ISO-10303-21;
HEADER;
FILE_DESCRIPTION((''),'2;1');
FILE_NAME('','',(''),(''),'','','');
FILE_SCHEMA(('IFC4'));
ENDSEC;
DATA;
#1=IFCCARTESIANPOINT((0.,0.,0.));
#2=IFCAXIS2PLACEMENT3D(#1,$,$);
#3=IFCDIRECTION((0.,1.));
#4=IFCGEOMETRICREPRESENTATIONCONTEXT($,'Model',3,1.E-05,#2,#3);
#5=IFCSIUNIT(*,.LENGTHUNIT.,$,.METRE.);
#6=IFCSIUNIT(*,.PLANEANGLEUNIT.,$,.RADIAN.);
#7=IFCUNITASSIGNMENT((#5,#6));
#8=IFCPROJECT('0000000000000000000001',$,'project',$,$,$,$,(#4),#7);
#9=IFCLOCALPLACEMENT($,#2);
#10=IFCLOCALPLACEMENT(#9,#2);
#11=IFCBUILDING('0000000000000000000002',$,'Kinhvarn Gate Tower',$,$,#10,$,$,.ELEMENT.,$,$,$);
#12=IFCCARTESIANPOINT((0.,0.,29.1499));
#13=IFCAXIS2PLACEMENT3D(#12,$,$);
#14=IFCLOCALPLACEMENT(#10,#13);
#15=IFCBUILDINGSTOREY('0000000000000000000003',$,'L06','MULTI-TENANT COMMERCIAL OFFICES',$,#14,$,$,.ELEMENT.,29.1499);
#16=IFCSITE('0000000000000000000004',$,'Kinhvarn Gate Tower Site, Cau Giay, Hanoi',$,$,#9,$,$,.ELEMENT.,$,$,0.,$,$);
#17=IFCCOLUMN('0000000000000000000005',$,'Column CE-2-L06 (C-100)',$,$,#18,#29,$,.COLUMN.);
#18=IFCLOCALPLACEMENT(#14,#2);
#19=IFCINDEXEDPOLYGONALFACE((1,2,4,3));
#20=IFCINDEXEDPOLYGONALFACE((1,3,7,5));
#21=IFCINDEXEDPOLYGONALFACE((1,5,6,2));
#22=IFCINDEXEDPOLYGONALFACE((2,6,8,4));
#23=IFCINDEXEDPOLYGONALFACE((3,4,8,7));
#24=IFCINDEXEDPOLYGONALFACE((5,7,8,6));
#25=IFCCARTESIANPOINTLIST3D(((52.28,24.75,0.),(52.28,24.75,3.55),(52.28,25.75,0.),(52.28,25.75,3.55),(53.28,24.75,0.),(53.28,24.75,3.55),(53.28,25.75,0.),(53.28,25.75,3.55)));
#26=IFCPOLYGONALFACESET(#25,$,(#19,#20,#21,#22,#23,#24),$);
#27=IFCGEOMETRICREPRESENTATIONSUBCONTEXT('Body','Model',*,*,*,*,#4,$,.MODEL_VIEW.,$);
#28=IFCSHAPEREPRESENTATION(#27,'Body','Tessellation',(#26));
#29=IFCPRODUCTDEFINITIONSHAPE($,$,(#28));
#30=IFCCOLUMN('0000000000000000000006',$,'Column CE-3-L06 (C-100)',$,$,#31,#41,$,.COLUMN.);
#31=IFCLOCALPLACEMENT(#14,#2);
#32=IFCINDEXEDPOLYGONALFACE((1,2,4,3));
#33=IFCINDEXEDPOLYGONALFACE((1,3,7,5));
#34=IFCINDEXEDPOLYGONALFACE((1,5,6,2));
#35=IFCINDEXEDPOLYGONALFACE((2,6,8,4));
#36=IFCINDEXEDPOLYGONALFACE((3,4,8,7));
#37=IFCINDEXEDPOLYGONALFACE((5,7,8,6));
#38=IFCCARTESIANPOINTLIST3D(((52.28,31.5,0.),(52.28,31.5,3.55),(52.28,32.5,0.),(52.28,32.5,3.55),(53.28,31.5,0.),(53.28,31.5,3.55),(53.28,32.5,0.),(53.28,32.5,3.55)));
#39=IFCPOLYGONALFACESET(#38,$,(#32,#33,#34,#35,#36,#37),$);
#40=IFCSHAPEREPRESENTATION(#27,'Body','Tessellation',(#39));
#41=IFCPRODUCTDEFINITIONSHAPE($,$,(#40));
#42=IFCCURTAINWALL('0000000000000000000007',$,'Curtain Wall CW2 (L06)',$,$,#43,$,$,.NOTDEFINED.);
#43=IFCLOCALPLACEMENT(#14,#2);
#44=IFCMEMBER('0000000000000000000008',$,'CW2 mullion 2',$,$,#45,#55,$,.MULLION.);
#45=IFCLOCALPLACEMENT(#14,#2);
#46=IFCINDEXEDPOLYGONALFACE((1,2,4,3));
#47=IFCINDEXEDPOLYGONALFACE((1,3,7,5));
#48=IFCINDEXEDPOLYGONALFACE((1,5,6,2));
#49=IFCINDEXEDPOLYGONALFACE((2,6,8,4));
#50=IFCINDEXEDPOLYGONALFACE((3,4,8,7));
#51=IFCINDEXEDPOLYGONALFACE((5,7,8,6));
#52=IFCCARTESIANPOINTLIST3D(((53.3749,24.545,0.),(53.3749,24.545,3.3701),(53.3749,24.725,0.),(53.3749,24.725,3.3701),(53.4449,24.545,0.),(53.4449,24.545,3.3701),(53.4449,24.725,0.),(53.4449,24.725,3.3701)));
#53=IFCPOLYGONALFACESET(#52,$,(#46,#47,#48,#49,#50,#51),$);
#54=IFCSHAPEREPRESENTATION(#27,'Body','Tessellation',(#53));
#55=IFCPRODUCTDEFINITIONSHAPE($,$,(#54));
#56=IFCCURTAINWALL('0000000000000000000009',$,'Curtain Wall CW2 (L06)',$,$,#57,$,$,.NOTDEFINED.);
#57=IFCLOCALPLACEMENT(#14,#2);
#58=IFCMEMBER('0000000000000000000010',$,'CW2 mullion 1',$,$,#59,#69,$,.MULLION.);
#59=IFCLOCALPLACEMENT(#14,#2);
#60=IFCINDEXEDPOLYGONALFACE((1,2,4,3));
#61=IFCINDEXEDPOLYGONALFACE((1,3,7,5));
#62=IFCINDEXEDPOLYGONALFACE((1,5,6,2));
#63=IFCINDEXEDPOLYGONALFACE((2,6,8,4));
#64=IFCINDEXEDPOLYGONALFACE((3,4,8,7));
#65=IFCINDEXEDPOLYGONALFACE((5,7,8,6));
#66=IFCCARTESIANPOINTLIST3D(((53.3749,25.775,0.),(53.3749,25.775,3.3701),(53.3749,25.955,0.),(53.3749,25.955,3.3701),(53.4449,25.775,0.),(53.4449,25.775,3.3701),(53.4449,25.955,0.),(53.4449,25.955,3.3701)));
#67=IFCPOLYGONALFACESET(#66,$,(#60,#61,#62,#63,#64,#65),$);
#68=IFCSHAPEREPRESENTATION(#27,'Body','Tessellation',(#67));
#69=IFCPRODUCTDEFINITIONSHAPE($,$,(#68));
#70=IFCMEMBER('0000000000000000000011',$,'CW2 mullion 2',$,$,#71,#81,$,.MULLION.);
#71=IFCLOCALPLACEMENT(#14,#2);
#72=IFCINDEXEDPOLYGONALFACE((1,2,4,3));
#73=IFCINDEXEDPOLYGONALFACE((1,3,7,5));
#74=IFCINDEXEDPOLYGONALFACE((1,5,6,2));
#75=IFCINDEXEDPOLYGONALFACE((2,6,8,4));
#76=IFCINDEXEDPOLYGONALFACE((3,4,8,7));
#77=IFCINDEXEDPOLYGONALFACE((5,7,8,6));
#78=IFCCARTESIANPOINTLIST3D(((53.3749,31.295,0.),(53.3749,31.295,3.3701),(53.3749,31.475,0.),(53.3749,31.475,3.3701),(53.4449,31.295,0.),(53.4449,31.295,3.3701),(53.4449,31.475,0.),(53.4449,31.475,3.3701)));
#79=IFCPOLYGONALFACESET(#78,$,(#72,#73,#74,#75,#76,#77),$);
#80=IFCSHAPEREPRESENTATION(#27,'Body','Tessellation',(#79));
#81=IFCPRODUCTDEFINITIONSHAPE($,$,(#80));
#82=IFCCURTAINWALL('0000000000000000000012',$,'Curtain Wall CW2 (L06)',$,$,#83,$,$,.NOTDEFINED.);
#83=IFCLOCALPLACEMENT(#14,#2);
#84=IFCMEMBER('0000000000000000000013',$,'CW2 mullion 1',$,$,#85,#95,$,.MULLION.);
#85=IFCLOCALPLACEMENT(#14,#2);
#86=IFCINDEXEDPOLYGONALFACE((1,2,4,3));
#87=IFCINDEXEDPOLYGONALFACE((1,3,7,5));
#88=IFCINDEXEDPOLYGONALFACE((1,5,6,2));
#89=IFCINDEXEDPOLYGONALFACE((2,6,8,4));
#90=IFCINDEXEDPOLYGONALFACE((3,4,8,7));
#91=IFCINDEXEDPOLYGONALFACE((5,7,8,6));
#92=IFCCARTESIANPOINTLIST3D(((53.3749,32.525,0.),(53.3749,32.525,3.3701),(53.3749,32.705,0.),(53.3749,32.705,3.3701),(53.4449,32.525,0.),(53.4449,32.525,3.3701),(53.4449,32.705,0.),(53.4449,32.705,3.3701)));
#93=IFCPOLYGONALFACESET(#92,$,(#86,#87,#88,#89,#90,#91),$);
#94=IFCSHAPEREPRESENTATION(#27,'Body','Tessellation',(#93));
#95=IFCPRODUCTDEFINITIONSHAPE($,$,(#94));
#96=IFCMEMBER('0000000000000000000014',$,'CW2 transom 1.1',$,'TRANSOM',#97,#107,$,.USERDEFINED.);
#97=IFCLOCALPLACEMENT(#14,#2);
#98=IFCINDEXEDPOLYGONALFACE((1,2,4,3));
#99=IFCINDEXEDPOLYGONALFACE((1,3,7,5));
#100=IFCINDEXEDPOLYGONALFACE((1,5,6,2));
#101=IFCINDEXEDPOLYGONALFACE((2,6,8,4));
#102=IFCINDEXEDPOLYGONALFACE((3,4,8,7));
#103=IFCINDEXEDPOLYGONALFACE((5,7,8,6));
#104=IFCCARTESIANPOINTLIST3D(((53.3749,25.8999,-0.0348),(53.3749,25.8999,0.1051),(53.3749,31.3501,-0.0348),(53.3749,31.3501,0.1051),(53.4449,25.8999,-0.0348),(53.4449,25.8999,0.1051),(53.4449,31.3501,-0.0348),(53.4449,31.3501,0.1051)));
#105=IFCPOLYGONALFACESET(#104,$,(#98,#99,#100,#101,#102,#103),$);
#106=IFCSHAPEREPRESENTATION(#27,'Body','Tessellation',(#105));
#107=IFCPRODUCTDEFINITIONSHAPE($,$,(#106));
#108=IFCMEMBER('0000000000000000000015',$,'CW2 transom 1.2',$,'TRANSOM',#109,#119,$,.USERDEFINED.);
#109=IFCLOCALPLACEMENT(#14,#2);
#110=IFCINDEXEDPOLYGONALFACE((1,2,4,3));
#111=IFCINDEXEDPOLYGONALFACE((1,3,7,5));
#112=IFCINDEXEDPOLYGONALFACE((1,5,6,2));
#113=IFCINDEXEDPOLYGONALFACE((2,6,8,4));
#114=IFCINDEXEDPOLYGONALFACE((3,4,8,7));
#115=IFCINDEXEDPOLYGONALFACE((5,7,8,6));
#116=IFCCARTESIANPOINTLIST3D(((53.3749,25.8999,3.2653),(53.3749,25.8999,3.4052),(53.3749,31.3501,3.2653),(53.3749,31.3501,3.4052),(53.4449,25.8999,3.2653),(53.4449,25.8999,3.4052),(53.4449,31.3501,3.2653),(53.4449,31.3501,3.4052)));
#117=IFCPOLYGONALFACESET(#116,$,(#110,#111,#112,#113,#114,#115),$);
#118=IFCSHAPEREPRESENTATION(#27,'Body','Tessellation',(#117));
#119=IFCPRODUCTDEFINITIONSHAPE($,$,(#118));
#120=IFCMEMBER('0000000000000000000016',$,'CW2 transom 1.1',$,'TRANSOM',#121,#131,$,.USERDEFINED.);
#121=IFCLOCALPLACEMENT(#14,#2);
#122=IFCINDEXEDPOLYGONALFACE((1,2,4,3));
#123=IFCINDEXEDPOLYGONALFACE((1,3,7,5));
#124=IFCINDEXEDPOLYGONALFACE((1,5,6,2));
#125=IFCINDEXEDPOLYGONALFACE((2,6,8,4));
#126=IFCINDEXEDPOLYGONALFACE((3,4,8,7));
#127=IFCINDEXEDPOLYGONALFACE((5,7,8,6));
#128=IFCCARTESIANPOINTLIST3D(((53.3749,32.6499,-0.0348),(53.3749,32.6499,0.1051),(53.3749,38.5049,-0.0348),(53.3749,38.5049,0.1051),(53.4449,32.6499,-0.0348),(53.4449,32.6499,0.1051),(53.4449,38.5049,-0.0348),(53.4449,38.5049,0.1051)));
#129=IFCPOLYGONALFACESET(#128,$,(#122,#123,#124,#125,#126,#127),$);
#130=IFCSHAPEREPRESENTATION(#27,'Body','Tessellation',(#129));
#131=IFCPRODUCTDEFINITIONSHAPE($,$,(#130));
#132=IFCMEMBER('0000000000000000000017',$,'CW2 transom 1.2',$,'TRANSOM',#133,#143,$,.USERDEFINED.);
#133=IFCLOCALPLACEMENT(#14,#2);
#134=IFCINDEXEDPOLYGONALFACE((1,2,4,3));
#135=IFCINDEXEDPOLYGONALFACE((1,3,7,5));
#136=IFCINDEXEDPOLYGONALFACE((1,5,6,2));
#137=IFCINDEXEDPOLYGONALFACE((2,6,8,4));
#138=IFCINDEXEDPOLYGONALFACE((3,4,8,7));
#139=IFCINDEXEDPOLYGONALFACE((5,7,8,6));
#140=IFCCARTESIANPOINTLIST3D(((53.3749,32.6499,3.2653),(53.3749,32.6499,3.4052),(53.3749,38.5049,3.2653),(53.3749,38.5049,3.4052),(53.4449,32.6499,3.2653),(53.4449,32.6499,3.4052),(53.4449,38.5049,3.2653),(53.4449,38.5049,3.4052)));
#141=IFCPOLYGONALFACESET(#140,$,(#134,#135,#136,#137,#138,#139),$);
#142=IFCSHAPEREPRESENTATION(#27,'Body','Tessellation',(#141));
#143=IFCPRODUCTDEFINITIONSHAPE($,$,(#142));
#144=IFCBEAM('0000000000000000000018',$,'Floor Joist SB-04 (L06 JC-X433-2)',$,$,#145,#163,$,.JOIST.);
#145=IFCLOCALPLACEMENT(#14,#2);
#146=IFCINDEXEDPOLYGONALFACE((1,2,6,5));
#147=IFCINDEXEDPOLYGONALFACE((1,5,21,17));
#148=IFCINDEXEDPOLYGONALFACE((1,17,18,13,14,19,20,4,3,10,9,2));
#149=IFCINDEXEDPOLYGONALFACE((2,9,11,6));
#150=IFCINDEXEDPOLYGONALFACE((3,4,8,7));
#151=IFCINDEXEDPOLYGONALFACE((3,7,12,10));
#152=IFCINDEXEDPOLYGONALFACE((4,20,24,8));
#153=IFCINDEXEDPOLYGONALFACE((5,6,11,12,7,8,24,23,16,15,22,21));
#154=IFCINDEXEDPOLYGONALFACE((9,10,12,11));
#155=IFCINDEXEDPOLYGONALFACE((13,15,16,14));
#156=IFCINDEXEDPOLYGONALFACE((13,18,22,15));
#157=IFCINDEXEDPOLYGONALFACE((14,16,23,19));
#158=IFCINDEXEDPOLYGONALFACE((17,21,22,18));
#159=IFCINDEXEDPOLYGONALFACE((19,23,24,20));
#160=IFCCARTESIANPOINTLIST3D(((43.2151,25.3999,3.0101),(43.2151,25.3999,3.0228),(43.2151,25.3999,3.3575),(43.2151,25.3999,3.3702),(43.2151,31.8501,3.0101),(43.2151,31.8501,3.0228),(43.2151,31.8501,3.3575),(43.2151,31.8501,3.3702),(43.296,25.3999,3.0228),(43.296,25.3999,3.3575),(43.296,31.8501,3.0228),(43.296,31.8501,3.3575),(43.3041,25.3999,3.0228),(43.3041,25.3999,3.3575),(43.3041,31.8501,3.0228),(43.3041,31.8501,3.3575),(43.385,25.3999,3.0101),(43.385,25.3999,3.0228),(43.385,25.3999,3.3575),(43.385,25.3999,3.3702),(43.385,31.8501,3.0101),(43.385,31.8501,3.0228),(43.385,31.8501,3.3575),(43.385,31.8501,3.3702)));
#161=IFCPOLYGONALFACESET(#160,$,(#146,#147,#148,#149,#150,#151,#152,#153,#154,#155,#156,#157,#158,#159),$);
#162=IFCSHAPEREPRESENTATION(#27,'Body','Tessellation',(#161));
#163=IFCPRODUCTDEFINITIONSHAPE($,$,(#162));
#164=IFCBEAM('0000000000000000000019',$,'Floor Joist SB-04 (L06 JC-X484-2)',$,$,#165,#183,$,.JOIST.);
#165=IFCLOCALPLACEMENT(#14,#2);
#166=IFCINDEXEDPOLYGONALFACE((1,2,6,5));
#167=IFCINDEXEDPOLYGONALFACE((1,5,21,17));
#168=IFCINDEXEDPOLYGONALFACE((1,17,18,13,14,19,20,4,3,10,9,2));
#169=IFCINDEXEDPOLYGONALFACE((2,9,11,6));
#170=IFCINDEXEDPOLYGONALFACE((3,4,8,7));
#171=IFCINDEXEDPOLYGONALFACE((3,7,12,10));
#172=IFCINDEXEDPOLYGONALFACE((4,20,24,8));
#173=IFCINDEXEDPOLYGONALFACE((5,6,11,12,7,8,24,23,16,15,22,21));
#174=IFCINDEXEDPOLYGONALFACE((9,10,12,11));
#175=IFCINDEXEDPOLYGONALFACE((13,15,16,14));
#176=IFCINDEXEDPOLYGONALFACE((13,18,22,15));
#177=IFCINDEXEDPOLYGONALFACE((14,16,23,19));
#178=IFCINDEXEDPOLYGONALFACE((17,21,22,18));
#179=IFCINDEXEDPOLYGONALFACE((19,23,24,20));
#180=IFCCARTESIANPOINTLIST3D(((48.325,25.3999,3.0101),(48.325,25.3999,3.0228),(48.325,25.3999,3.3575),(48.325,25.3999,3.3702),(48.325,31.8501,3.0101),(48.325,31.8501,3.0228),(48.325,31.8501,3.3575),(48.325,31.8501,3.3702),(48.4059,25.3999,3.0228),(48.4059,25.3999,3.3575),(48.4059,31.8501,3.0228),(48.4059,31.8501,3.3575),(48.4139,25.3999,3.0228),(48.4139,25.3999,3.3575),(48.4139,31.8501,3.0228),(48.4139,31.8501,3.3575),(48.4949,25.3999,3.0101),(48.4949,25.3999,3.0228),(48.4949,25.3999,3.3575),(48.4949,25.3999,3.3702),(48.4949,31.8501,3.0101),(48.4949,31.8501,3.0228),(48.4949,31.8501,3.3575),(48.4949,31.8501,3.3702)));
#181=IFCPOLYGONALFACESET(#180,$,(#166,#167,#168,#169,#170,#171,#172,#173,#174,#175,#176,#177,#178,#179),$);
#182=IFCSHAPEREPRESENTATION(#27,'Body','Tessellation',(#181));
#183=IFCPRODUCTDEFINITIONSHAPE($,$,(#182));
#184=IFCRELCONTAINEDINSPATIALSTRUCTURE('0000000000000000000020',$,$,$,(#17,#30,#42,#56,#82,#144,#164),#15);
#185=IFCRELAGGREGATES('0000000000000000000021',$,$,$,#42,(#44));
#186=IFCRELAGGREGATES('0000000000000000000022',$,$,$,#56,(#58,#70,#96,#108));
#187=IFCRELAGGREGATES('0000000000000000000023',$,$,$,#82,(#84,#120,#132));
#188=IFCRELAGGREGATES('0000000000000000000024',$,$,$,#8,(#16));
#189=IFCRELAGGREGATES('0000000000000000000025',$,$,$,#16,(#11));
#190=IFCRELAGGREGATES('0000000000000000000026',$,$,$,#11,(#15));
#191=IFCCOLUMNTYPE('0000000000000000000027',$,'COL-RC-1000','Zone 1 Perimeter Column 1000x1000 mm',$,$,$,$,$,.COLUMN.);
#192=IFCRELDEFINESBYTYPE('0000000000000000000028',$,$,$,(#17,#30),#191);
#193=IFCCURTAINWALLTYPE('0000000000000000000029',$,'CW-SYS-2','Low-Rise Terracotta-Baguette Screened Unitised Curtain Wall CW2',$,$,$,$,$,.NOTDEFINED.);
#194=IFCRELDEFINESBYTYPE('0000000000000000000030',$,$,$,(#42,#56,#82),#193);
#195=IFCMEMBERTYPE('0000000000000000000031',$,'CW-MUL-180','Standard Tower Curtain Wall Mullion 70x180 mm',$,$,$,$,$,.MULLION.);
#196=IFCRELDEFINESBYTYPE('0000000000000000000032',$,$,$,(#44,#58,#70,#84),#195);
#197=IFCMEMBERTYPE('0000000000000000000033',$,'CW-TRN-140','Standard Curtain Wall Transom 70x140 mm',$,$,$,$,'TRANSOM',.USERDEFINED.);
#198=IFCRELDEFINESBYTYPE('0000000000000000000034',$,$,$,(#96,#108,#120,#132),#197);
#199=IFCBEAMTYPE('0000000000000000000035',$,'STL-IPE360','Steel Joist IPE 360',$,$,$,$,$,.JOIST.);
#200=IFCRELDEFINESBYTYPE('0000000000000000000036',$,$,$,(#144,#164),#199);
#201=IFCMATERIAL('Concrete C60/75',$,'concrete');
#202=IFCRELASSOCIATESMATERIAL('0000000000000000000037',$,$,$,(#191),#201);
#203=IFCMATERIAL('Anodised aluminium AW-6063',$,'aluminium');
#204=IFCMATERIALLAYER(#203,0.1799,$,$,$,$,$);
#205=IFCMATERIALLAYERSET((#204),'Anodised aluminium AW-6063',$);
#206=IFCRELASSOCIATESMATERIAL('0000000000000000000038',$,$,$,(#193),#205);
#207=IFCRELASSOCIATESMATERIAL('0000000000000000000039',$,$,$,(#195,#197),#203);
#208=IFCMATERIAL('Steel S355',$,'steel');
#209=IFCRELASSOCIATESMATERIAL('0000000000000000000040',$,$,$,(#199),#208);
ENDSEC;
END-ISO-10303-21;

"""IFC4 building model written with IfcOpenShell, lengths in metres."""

from ifc_helpers import new_model, si_unit, direction, frame, origin, origin_2d, place, context, subcontext, project, spatial, rectangle, i_section, extrude, material, layer, layer_set, material_profile, profile_set, type_object, element, aggregate, save


model = new_model("IFC4")

# Units and contexts
model_context = context("Model", 3, precision=1e-05, world=origin(), true_north=direction((0.0, 1.0)))
body_context = subcontext(model_context, "Body", "Model", "MODEL_VIEW")
ifc_project = project(units=[si_unit("LENGTHUNIT", "METRE"), si_unit("PLANEANGLEUNIT", "RADIAN")], contexts=[model_context])

# Site, building, storey
site_placement = place(None, origin())
site = spatial("IfcSite", under=ifc_project, at=site_placement, Name="Kinhvarn Gate Tower Site, Cau Giay, Hanoi", CompositionType="ELEMENT", RefElevation=0.0)
building_placement = place(site_placement, origin())
building = spatial("IfcBuilding", under=site, at=building_placement, Name="Kinhvarn Gate Tower", CompositionType="ELEMENT")
storey_placement = place(building_placement, frame((0.0, 0.0, 29.1499)))
storey = spatial("IfcBuildingStorey", under=building, at=storey_placement, Name="L06", Description="MULTI-TENANT COMMERCIAL OFFICES", CompositionType="ELEMENT", Elevation=29.1499)

# Columns
ifc_material_1 = material(Name="Concrete C60/75", Category="concrete")
ifc_material_profile_1 = material_profile(ifc_material_1, rectangle(XDim=1.0, YDim=1.0, at=origin_2d()), Name="RC 1000x1000")
ifc_profile_set_1 = profile_set([ifc_material_profile_1], Name="Concrete C60/75")
column_type = type_object("IfcColumnType", Name="COL-RC-1000", Description="Zone 1 Perimeter Column 1000x1000 mm", PredefinedType="COLUMN", material=ifc_profile_set_1)
for number, where, z_axis, x_axis, name in (
    (1, (52.78, 25.25, 0.0), (0.0, 0.0, 1.0), (1.0, 0.0, 0.0), "Column CE-2-L06 (C-100)"),
    (2, (52.78, 32.0, 0.0), (0.0, 0.0, 1.0), (1.0, 0.0, 0.0), "Column CE-3-L06 (C-100)"),
):
    element("IfcColumn", number, at=place(storey_placement, frame(where, z_axis=z_axis, x_axis=x_axis)), inside=storey, type_object=column_type, Name=name, PredefinedType="COLUMN", context=body_context, shape_type="SweptSolid", body=[
        extrude(rectangle(XDim=1.0, YDim=1.0, at=origin_2d()), origin(), (0.0, 0.0, 1.0), 3.55),
    ])

# Curtain wall, member
ifc_material_2 = material(Name="Anodised aluminium AW-6063", Category="aluminium")
ifc_layer_1 = layer(ifc_material_2, 0.1799)
ifc_layer_set_1 = layer_set([ifc_layer_1], Name="Anodised aluminium AW-6063")
curtain_wall_type = type_object("IfcCurtainWallType", Name="CW-SYS-2", Description="Low-Rise Terracotta-Baguette Screened Unitised Curtain Wall CW2", PredefinedType="NOTDEFINED", material=ifc_layer_set_1)
curtain_wall_1_placement = place(storey_placement, origin())
curtain_wall_1 = element("IfcCurtainWall", 3, at=curtain_wall_1_placement, inside=storey, type_object=curtain_wall_type, Name="Curtain Wall CW2 (L06)", PredefinedType="NOTDEFINED")
ifc_material_profile_2 = material_profile(ifc_material_2, rectangle(XDim=0.0701, YDim=0.1799, at=origin_2d()), Name="ALU 70x180")
ifc_profile_set_2 = profile_set([ifc_material_profile_2], Name="Anodised aluminium AW-6063")
member_type_1 = type_object("IfcMemberType", Name="CW-MUL-180", Description="Standard Tower Curtain Wall Mullion 70x180 mm", PredefinedType="MULLION", material=ifc_profile_set_2)
member_1_placement = place(storey_placement, frame((53.4099, 24.635, 0.0), z_axis=(0.0, 0.0, 1.0), x_axis=(-1.0, 0.0, 0.0)))
member_1 = element("IfcMember", 4, at=member_1_placement, type_object=member_type_1, Name="CW2 mullion 2", PredefinedType="MULLION", context=body_context, shape_type="SweptSolid", body=[
    extrude(rectangle(XDim=0.0701, YDim=0.1799, at=origin_2d()), origin(), (0.0, 0.0, 1.0), 3.3701),
])

# Curtain wall, members
curtain_wall_2_placement = place(storey_placement, origin())
curtain_wall_2 = element("IfcCurtainWall", 5, at=curtain_wall_2_placement, inside=storey, type_object=curtain_wall_type, Name="Curtain Wall CW2 (L06)", PredefinedType="NOTDEFINED")
member_2_placement = place(storey_placement, frame((53.4099, 25.865, 0.0), z_axis=(0.0, 0.0, 1.0), x_axis=(-1.0, 0.0, 0.0)))
member_2 = element("IfcMember", 6, at=member_2_placement, type_object=member_type_1, Name="CW2 mullion 1", PredefinedType="MULLION", context=body_context, shape_type="SweptSolid", body=[
    extrude(rectangle(XDim=0.0701, YDim=0.1799, at=origin_2d()), origin(), (0.0, 0.0, 1.0), 3.3701),
])
member_3_placement = place(storey_placement, frame((53.4099, 31.385, 0.0), z_axis=(0.0, 0.0, 1.0), x_axis=(-1.0, 0.0, 0.0)))
member_3 = element("IfcMember", 7, at=member_3_placement, type_object=member_type_1, Name="CW2 mullion 2", PredefinedType="MULLION", context=body_context, shape_type="SweptSolid", body=[
    extrude(rectangle(XDim=0.0701, YDim=0.1799, at=origin_2d()), origin(), (0.0, 0.0, 1.0), 3.3701),
])

# Curtain wall, member
curtain_wall_3_placement = place(storey_placement, origin())
curtain_wall_3 = element("IfcCurtainWall", 8, at=curtain_wall_3_placement, inside=storey, type_object=curtain_wall_type, Name="Curtain Wall CW2 (L06)", PredefinedType="NOTDEFINED")
member_4_placement = place(storey_placement, frame((53.4099, 32.615, 0.0), z_axis=(0.0, 0.0, 1.0), x_axis=(-1.0, 0.0, 0.0)))
member_4 = element("IfcMember", 9, at=member_4_placement, type_object=member_type_1, Name="CW2 mullion 1", PredefinedType="MULLION", context=body_context, shape_type="SweptSolid", body=[
    extrude(rectangle(XDim=0.0701, YDim=0.1799, at=origin_2d()), origin(), (0.0, 0.0, 1.0), 3.3701),
])

# Members
ifc_material_profile_3 = material_profile(ifc_material_2, rectangle(XDim=0.0701, YDim=0.1399, at=origin_2d()), Name="ALU 70x140")
ifc_profile_set_3 = profile_set([ifc_material_profile_3], Name="Anodised aluminium AW-6063")
member_type_2 = type_object("IfcMemberType", Name="CW-TRN-140", Description="Standard Curtain Wall Transom 70x140 mm", ElementType="TRANSOM", PredefinedType="USERDEFINED", material=ifc_profile_set_3)
member_5_placement = place(storey_placement, frame((53.4099, 25.8999, 0.0352), z_axis=(0.0, 1.0, 0.0), x_axis=(-1.0, 0.0, 0.0)))
member_5 = element("IfcMember", 10, at=member_5_placement, type_object=member_type_2, Name="CW2 transom 1.1", ObjectType="TRANSOM", PredefinedType="USERDEFINED", context=body_context, shape_type="SweptSolid", body=[
    extrude(rectangle(XDim=0.0701, YDim=0.1399, at=origin_2d()), origin(), (0.0, 0.0, 1.0), 5.4502),
])
member_6_placement = place(storey_placement, frame((53.4099, 25.8999, 3.3352), z_axis=(0.0, 1.0, 0.0), x_axis=(-1.0, 0.0, 0.0)))
member_6 = element("IfcMember", 11, at=member_6_placement, type_object=member_type_2, Name="CW2 transom 1.2", ObjectType="TRANSOM", PredefinedType="USERDEFINED", context=body_context, shape_type="SweptSolid", body=[
    extrude(rectangle(XDim=0.0701, YDim=0.1399, at=origin_2d()), origin(), (0.0, 0.0, 1.0), 5.4502),
])
member_7_placement = place(storey_placement, frame((53.4099, 32.6499, 0.0352), z_axis=(0.0, 1.0, 0.0), x_axis=(-1.0, 0.0, 0.0)))
member_7 = element("IfcMember", 12, at=member_7_placement, type_object=member_type_2, Name="CW2 transom 1.1", ObjectType="TRANSOM", PredefinedType="USERDEFINED", context=body_context, shape_type="SweptSolid", body=[
    extrude(rectangle(XDim=0.0701, YDim=0.1399, at=origin_2d()), origin(), (0.0, 0.0, 1.0), 5.855),
])
member_8_placement = place(storey_placement, frame((53.4099, 32.6499, 3.3352), z_axis=(0.0, 1.0, 0.0), x_axis=(-1.0, 0.0, 0.0)))
member_8 = element("IfcMember", 13, at=member_8_placement, type_object=member_type_2, Name="CW2 transom 1.2", ObjectType="TRANSOM", PredefinedType="USERDEFINED", context=body_context, shape_type="SweptSolid", body=[
    extrude(rectangle(XDim=0.0701, YDim=0.1399, at=origin_2d()), origin(), (0.0, 0.0, 1.0), 5.855),
])

# Beams
ifc_material_3 = material(Name="Steel S355", Category="steel")
ifc_material_profile_4 = material_profile(ifc_material_3, i_section(OverallWidth=0.1699, OverallDepth=0.3601, WebThickness=0.0081, FlangeThickness=0.0127, at=origin_2d()), Name="IPE 360")
ifc_profile_set_4 = profile_set([ifc_material_profile_4], Name="Steel S355")
beam_type_1 = type_object("IfcBeamType", Name="STL-IPE360", Description="Steel Joist IPE 360", PredefinedType="JOIST", material=ifc_profile_set_4)
for number, where, z_axis, x_axis, name in (
    (14, (43.3, 25.3999, 3.1902), (0.0, 1.0, 0.0), (-1.0, 0.0, 0.0), "Floor Joist SB-04 (L06 JC-X433-2)"),
    (15, (48.4099, 25.3999, 3.1902), (0.0, 1.0, 0.0), (-1.0, 0.0, 0.0), "Floor Joist SB-04 (L06 JC-X484-2)"),
):
    element("IfcBeam", number, at=place(storey_placement, frame(where, z_axis=z_axis, x_axis=x_axis)), inside=storey, type_object=beam_type_1, Name=name, PredefinedType="JOIST", context=body_context, shape_type="SweptSolid", body=[
        extrude(i_section(OverallWidth=0.1699, OverallDepth=0.3601, WebThickness=0.0081, FlangeThickness=0.0127, at=origin_2d()), origin(), (0.0, 0.0, 1.0), 6.4502),
    ])

aggregate(curtain_wall_1, [member_1])
aggregate(curtain_wall_2, [member_2, member_3, member_5, member_6])
aggregate(curtain_wall_3, [member_4, member_7, member_8])

save(model, "model.ifc")
